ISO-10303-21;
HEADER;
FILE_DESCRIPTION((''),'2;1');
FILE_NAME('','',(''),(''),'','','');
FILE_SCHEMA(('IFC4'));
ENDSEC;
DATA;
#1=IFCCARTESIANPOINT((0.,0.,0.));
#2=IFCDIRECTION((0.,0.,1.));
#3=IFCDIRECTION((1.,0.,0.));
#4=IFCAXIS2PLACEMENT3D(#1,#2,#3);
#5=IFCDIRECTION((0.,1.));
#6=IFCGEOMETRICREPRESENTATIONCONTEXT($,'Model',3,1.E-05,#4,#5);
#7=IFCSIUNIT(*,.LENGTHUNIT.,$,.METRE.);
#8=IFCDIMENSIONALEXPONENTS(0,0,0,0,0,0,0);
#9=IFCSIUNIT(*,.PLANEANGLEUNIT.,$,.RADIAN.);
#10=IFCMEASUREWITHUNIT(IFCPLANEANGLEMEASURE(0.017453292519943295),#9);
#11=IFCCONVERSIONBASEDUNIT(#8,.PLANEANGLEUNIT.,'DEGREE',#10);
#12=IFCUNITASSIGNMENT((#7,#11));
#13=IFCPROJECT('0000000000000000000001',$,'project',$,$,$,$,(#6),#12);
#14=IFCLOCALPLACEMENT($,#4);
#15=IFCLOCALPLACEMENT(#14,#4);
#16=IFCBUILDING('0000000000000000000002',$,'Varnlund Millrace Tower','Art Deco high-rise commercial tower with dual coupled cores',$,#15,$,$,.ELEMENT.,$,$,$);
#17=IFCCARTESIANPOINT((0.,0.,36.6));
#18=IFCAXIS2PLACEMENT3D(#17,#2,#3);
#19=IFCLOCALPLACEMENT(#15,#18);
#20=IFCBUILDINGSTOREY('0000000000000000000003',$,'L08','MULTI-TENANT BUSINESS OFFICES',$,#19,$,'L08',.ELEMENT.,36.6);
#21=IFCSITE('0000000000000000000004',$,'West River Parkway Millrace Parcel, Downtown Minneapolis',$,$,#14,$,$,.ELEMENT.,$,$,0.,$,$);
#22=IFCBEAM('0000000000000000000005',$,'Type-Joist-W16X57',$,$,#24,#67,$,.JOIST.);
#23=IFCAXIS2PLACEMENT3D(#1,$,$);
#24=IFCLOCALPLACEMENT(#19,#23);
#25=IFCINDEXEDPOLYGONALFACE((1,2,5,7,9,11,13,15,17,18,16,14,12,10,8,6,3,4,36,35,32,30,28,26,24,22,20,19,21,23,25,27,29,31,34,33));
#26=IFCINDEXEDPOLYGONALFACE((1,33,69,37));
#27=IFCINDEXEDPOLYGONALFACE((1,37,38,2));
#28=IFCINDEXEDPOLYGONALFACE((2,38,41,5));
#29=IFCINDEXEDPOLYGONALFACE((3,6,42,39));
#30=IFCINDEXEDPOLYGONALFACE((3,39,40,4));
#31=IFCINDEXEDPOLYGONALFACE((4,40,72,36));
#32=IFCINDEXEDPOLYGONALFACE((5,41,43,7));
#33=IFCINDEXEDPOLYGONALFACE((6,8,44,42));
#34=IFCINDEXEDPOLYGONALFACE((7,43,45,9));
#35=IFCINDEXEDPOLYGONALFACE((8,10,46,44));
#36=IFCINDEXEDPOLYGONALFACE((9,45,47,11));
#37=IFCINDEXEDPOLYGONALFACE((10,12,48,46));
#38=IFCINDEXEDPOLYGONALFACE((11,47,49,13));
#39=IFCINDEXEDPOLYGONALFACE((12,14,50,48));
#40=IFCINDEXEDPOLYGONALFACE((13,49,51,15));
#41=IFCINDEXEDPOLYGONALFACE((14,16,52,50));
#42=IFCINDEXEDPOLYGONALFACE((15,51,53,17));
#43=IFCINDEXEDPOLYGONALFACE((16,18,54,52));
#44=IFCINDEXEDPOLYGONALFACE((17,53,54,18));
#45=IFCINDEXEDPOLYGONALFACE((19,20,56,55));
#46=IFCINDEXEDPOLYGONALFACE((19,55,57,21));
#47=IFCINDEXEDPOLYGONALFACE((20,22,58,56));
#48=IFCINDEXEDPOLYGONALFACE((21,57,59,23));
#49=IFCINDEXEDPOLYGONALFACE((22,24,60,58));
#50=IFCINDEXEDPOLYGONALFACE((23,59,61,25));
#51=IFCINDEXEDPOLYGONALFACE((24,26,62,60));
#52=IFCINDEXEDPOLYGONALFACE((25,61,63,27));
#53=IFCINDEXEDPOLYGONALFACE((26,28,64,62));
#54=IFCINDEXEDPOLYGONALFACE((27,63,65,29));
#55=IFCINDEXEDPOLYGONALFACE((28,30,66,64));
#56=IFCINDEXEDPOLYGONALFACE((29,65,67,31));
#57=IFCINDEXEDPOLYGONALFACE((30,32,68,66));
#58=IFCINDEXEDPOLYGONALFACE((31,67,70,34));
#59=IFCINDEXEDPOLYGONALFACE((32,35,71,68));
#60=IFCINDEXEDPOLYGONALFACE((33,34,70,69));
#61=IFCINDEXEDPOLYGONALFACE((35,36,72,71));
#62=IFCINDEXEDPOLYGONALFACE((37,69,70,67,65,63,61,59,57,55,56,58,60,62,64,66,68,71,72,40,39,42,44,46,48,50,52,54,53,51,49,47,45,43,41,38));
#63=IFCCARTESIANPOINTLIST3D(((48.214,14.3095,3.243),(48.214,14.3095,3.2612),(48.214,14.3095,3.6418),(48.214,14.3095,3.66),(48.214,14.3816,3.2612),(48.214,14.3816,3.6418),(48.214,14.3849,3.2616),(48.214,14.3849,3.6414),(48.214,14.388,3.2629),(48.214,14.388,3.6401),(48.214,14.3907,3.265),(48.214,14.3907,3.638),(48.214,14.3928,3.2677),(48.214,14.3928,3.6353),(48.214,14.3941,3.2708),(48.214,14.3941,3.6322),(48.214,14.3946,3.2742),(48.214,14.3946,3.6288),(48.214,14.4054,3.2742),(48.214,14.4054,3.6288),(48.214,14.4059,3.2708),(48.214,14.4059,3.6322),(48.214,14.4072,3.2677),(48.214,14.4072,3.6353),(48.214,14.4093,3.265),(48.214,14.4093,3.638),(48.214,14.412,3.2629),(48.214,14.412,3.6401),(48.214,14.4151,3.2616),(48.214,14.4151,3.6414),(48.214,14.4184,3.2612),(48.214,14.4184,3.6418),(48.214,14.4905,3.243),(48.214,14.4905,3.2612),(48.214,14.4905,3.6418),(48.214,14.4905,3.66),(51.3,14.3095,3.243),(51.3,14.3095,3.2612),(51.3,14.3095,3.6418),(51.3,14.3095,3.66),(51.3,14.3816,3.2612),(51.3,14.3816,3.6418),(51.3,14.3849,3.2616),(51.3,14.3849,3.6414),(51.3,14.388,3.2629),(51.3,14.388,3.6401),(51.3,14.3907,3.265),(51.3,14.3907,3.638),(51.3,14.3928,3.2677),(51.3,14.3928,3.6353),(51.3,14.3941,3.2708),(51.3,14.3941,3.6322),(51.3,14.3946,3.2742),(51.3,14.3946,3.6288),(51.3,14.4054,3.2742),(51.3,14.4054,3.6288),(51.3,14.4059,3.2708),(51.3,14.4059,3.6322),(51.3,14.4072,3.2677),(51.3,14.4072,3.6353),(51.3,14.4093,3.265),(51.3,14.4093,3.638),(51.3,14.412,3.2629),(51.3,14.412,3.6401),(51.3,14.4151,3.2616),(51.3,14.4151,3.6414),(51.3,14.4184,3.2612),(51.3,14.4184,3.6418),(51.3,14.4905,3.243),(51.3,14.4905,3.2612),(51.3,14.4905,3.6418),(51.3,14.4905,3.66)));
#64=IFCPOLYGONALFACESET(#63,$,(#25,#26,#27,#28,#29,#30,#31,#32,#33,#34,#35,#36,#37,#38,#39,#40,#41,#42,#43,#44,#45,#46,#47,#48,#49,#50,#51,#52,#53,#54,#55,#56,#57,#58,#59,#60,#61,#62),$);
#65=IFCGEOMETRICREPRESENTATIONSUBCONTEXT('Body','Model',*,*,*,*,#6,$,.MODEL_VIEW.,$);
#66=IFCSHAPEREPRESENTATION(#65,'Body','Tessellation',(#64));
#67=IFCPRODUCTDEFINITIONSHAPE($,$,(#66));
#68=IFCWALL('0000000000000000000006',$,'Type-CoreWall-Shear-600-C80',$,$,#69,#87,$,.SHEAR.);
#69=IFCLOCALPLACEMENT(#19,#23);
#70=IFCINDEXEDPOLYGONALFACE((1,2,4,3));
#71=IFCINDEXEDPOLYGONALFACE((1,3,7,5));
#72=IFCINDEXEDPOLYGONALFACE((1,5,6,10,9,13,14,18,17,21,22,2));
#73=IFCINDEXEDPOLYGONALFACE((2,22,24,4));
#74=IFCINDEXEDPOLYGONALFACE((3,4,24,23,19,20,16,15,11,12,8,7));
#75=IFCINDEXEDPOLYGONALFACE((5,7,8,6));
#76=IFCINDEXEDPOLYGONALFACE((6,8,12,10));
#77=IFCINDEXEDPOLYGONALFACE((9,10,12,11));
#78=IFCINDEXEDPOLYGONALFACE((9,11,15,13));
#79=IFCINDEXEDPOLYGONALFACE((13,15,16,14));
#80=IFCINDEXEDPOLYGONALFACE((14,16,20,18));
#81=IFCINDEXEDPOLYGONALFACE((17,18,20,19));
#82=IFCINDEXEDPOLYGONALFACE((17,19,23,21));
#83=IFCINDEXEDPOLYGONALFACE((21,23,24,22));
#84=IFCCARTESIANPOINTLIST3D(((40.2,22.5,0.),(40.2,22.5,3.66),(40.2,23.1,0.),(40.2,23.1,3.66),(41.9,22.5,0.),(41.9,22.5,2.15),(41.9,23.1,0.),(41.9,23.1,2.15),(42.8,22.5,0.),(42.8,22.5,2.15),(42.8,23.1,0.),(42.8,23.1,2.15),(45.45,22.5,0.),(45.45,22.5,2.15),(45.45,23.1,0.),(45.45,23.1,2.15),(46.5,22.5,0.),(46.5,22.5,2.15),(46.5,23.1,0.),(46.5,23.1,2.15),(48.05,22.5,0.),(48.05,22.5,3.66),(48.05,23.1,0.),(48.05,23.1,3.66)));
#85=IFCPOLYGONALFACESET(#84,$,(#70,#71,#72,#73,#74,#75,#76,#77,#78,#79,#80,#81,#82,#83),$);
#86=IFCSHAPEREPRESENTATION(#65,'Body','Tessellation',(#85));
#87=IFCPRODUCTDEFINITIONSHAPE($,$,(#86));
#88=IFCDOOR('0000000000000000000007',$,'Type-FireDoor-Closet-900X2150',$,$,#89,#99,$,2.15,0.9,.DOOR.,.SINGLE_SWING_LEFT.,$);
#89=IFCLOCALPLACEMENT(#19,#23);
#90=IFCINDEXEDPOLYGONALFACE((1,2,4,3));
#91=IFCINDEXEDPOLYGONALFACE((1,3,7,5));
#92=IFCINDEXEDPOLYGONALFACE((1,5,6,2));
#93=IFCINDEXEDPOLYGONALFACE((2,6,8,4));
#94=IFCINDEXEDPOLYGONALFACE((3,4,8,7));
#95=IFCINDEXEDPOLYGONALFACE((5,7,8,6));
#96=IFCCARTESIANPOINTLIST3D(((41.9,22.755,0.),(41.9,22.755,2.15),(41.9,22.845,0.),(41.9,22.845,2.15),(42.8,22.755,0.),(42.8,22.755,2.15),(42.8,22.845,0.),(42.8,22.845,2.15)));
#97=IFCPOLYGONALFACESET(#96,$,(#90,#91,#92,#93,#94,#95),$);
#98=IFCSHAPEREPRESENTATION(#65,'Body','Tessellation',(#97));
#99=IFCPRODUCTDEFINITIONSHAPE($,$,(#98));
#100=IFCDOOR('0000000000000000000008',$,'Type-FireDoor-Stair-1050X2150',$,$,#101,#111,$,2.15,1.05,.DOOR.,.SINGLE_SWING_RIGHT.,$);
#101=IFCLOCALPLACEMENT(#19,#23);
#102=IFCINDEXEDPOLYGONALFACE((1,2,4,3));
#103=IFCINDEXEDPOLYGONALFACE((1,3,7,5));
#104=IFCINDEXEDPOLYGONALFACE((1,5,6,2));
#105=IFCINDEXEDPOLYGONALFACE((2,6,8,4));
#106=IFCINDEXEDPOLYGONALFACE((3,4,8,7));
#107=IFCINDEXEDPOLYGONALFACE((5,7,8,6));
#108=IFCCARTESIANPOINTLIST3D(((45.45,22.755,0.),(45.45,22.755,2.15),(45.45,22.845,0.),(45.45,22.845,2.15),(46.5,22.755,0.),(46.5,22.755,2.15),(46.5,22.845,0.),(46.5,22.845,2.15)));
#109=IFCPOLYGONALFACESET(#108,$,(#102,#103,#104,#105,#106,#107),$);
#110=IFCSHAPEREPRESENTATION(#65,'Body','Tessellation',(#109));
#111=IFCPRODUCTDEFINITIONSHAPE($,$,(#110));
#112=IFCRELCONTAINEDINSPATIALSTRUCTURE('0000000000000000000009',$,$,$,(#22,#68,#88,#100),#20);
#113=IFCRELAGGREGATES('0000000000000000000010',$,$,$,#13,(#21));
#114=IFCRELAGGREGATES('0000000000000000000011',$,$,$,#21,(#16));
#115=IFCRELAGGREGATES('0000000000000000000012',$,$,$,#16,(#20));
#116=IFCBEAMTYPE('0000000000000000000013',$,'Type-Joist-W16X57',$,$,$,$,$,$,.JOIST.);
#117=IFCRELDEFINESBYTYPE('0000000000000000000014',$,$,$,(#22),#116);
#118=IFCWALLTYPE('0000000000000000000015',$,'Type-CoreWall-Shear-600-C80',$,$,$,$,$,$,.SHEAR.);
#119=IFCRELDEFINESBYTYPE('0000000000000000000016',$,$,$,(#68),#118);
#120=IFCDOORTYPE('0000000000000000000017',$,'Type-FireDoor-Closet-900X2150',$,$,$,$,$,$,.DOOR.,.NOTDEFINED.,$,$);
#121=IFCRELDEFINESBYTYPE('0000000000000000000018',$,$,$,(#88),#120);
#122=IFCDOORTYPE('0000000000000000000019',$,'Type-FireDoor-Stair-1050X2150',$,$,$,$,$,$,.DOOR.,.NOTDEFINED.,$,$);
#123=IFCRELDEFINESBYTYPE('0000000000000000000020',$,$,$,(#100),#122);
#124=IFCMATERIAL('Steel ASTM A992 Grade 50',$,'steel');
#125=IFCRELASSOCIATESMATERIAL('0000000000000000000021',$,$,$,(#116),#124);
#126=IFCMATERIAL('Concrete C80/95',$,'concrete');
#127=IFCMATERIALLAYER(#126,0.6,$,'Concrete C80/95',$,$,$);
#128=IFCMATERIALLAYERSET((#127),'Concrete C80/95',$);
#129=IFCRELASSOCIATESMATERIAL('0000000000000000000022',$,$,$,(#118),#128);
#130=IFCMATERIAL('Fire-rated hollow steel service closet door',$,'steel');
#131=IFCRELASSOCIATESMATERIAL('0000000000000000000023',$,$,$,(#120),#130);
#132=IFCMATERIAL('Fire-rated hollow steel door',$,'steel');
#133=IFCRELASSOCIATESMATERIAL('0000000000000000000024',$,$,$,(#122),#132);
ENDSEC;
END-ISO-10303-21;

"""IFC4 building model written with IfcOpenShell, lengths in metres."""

from ifc_helpers import new_model, entity, si_unit, converted_unit, direction, frame, origin_with_axes, origin_2d_with_axis, place, context, subcontext, project, spatial, polyline, rectangle, i_section, outline, extrude, material, layer, layer_set, material_profile, profile_set, type_object, element, fill, save


model = new_model("IFC4")

# Units and contexts
model_context = context("Model", 3, precision=1e-05, world=origin_with_axes(), true_north=direction((0.0, 1.0)))
body_context = subcontext(model_context, "Body", "Model", "MODEL_VIEW")
ifc_project = project(units=[si_unit("LENGTHUNIT", "METRE"), converted_unit("PLANEANGLEUNIT", "DEGREE", entity("IfcPlaneAngleMeasure", 0.017453292519943295), si_unit("PLANEANGLEUNIT", "RADIAN"), dimensions=[0, 0, 0, 0, 0, 0, 0])], contexts=[model_context])

# Site, building, storey
site_placement = place(None, origin_with_axes())
site = spatial("IfcSite", under=ifc_project, at=site_placement, Name="West River Parkway Millrace Parcel, Downtown Minneapolis", CompositionType="ELEMENT", RefElevation=0.0)
building_placement = place(site_placement, origin_with_axes())
building = spatial("IfcBuilding", under=site, at=building_placement, Name="Varnlund Millrace Tower", Description="Art Deco high-rise commercial tower with dual coupled cores", CompositionType="ELEMENT")
storey_placement = place(building_placement, frame((0.0, 0.0, 36.6), z_axis=(0.0, 0.0, 1.0), x_axis=(1.0, 0.0, 0.0)))
storey = spatial("IfcBuildingStorey", under=building, at=storey_placement, Name="L08", Description="MULTI-TENANT BUSINESS OFFICES", LongName="L08", CompositionType="ELEMENT", Elevation=36.6)

# Shared definitions
ifc_material_1 = material(Name="Concrete C80/95", Category="concrete")

# Beam
ifc_material_2 = material(Name="Steel ASTM A992 Grade 50", Category="steel")
ifc_material_profile_1 = material_profile(ifc_material_2, i_section(OverallWidth=0.181, OverallDepth=0.417, WebThickness=0.0109, FlangeThickness=0.0182, FilletRadius=0.013, at=origin_2d_with_axis()), Name="Steel ASTM A992 Grade 50")
ifc_profile_set_1 = profile_set([ifc_material_profile_1], Name="Steel ASTM A992 Grade 50")
beam_type_1 = type_object("IfcBeamType", Name="Type-Joist-W16X57", PredefinedType="JOIST", material=ifc_profile_set_1)
beam_1_placement = place(storey_placement, frame((48.214, 14.4, 3.4515), z_axis=(1.0, 0.0, 0.0), x_axis=(0.0, 1.0, 0.0)))
element("IfcBeam", 1, at=beam_1_placement, inside=storey, type_object=beam_type_1, Name="Type-Joist-W16X57", PredefinedType="JOIST", context=body_context, shape_type="SweptSolid", body=[
    extrude(i_section(OverallWidth=0.181, OverallDepth=0.417, WebThickness=0.0109, FlangeThickness=0.0182, FilletRadius=0.013, at=origin_2d_with_axis()), origin_with_axes(), (0.0, 0.0, 1.0), 3.086),
])

# Wall, openings, doors
ifc_layer_1 = layer(ifc_material_1, 0.6, Name="Concrete C80/95")
ifc_layer_set_1 = layer_set([ifc_layer_1], Name="Concrete C80/95")
wall_type_1 = type_object("IfcWallType", Name="Type-CoreWall-Shear-600-C80", PredefinedType="SHEAR", material=ifc_layer_set_1)
wall_1_placement = place(storey_placement, frame((40.2, 22.8, 0.0), z_axis=(0.0, 0.0, 1.0), x_axis=(1.0, 0.0, 0.0)))
wall_1 = element("IfcWall", 2, at=wall_1_placement, inside=storey, type_object=wall_type_1, Name="Type-CoreWall-Shear-600-C80", PredefinedType="SHEAR", context=body_context, shape_type="SweptSolid", body=[
    extrude(outline(polyline([(0.0, -0.3), (7.85, -0.3), (7.85, 0.3), (0.0, 0.3), (0.0, -0.3)])), origin_with_axes(), (0.0, 0.0, 1.0), 3.66),
])
opening_1_placement = place(wall_1_placement, frame((5.775, 0.0, 0.0), z_axis=(0.0, 0.0, 1.0), x_axis=(1.0, 0.0, 0.0)))
opening_1 = element("IfcOpeningElement", 3, at=opening_1_placement, cuts=wall_1, PredefinedType="OPENING", context=body_context, shape_type="SweptSolid", body=[
    extrude(rectangle(XDim=1.05, YDim=0.62, at=origin_2d_with_axis()), origin_with_axes(), (0.0, 0.0, 1.0), 2.15),
])
opening_2_placement = place(wall_1_placement, frame((2.15, 0.0, 0.0), z_axis=(0.0, 0.0, 1.0), x_axis=(1.0, 0.0, 0.0)))
opening_2 = element("IfcOpeningElement", 4, at=opening_2_placement, cuts=wall_1, PredefinedType="OPENING", context=body_context, shape_type="SweptSolid", body=[
    extrude(rectangle(XDim=0.9, YDim=0.62, at=origin_2d_with_axis()), origin_with_axes(), (0.0, 0.0, 1.0), 2.15),
])
ifc_material_3 = material(Name="Fire-rated hollow steel service closet door", Category="steel")
door_type_1 = type_object("IfcDoorType", Name="Type-FireDoor-Closet-900X2150", OperationType="NOTDEFINED", PredefinedType="DOOR", material=ifc_material_3)
door_1_placement = place(wall_1_placement, frame((2.15, 0.0, 0.0), z_axis=(0.0, 0.0, 1.0), x_axis=(1.0, 0.0, 0.0)))
door_1 = element("IfcDoor", 5, at=door_1_placement, inside=storey, type_object=door_type_1, Name="Type-FireDoor-Closet-900X2150", OperationType="SINGLE_SWING_LEFT", OverallHeight=2.15, OverallWidth=0.9, PredefinedType="DOOR", context=body_context, shape_type="SweptSolid", body=[
    extrude(rectangle(XDim=0.9, YDim=0.09, at=origin_2d_with_axis()), origin_with_axes(), (0.0, 0.0, 1.0), 2.15),
])
fill(opening_2, door_1)
ifc_material_4 = material(Name="Fire-rated hollow steel door", Category="steel")
door_type_2 = type_object("IfcDoorType", Name="Type-FireDoor-Stair-1050X2150", OperationType="NOTDEFINED", PredefinedType="DOOR", material=ifc_material_4)
door_2_placement = place(wall_1_placement, frame((5.775, 0.0, 0.0), z_axis=(0.0, 0.0, 1.0), x_axis=(1.0, 0.0, 0.0)))
door_2 = element("IfcDoor", 6, at=door_2_placement, inside=storey, type_object=door_type_2, Name="Type-FireDoor-Stair-1050X2150", OperationType="SINGLE_SWING_RIGHT", OverallHeight=2.15, OverallWidth=1.05, PredefinedType="DOOR", context=body_context, shape_type="SweptSolid", body=[
    extrude(rectangle(XDim=1.05, YDim=0.09, at=origin_2d_with_axis()), origin_with_axes(), (0.0, 0.0, 1.0), 2.15),
])
fill(opening_1, door_2)

save(model, "model.ifc")
